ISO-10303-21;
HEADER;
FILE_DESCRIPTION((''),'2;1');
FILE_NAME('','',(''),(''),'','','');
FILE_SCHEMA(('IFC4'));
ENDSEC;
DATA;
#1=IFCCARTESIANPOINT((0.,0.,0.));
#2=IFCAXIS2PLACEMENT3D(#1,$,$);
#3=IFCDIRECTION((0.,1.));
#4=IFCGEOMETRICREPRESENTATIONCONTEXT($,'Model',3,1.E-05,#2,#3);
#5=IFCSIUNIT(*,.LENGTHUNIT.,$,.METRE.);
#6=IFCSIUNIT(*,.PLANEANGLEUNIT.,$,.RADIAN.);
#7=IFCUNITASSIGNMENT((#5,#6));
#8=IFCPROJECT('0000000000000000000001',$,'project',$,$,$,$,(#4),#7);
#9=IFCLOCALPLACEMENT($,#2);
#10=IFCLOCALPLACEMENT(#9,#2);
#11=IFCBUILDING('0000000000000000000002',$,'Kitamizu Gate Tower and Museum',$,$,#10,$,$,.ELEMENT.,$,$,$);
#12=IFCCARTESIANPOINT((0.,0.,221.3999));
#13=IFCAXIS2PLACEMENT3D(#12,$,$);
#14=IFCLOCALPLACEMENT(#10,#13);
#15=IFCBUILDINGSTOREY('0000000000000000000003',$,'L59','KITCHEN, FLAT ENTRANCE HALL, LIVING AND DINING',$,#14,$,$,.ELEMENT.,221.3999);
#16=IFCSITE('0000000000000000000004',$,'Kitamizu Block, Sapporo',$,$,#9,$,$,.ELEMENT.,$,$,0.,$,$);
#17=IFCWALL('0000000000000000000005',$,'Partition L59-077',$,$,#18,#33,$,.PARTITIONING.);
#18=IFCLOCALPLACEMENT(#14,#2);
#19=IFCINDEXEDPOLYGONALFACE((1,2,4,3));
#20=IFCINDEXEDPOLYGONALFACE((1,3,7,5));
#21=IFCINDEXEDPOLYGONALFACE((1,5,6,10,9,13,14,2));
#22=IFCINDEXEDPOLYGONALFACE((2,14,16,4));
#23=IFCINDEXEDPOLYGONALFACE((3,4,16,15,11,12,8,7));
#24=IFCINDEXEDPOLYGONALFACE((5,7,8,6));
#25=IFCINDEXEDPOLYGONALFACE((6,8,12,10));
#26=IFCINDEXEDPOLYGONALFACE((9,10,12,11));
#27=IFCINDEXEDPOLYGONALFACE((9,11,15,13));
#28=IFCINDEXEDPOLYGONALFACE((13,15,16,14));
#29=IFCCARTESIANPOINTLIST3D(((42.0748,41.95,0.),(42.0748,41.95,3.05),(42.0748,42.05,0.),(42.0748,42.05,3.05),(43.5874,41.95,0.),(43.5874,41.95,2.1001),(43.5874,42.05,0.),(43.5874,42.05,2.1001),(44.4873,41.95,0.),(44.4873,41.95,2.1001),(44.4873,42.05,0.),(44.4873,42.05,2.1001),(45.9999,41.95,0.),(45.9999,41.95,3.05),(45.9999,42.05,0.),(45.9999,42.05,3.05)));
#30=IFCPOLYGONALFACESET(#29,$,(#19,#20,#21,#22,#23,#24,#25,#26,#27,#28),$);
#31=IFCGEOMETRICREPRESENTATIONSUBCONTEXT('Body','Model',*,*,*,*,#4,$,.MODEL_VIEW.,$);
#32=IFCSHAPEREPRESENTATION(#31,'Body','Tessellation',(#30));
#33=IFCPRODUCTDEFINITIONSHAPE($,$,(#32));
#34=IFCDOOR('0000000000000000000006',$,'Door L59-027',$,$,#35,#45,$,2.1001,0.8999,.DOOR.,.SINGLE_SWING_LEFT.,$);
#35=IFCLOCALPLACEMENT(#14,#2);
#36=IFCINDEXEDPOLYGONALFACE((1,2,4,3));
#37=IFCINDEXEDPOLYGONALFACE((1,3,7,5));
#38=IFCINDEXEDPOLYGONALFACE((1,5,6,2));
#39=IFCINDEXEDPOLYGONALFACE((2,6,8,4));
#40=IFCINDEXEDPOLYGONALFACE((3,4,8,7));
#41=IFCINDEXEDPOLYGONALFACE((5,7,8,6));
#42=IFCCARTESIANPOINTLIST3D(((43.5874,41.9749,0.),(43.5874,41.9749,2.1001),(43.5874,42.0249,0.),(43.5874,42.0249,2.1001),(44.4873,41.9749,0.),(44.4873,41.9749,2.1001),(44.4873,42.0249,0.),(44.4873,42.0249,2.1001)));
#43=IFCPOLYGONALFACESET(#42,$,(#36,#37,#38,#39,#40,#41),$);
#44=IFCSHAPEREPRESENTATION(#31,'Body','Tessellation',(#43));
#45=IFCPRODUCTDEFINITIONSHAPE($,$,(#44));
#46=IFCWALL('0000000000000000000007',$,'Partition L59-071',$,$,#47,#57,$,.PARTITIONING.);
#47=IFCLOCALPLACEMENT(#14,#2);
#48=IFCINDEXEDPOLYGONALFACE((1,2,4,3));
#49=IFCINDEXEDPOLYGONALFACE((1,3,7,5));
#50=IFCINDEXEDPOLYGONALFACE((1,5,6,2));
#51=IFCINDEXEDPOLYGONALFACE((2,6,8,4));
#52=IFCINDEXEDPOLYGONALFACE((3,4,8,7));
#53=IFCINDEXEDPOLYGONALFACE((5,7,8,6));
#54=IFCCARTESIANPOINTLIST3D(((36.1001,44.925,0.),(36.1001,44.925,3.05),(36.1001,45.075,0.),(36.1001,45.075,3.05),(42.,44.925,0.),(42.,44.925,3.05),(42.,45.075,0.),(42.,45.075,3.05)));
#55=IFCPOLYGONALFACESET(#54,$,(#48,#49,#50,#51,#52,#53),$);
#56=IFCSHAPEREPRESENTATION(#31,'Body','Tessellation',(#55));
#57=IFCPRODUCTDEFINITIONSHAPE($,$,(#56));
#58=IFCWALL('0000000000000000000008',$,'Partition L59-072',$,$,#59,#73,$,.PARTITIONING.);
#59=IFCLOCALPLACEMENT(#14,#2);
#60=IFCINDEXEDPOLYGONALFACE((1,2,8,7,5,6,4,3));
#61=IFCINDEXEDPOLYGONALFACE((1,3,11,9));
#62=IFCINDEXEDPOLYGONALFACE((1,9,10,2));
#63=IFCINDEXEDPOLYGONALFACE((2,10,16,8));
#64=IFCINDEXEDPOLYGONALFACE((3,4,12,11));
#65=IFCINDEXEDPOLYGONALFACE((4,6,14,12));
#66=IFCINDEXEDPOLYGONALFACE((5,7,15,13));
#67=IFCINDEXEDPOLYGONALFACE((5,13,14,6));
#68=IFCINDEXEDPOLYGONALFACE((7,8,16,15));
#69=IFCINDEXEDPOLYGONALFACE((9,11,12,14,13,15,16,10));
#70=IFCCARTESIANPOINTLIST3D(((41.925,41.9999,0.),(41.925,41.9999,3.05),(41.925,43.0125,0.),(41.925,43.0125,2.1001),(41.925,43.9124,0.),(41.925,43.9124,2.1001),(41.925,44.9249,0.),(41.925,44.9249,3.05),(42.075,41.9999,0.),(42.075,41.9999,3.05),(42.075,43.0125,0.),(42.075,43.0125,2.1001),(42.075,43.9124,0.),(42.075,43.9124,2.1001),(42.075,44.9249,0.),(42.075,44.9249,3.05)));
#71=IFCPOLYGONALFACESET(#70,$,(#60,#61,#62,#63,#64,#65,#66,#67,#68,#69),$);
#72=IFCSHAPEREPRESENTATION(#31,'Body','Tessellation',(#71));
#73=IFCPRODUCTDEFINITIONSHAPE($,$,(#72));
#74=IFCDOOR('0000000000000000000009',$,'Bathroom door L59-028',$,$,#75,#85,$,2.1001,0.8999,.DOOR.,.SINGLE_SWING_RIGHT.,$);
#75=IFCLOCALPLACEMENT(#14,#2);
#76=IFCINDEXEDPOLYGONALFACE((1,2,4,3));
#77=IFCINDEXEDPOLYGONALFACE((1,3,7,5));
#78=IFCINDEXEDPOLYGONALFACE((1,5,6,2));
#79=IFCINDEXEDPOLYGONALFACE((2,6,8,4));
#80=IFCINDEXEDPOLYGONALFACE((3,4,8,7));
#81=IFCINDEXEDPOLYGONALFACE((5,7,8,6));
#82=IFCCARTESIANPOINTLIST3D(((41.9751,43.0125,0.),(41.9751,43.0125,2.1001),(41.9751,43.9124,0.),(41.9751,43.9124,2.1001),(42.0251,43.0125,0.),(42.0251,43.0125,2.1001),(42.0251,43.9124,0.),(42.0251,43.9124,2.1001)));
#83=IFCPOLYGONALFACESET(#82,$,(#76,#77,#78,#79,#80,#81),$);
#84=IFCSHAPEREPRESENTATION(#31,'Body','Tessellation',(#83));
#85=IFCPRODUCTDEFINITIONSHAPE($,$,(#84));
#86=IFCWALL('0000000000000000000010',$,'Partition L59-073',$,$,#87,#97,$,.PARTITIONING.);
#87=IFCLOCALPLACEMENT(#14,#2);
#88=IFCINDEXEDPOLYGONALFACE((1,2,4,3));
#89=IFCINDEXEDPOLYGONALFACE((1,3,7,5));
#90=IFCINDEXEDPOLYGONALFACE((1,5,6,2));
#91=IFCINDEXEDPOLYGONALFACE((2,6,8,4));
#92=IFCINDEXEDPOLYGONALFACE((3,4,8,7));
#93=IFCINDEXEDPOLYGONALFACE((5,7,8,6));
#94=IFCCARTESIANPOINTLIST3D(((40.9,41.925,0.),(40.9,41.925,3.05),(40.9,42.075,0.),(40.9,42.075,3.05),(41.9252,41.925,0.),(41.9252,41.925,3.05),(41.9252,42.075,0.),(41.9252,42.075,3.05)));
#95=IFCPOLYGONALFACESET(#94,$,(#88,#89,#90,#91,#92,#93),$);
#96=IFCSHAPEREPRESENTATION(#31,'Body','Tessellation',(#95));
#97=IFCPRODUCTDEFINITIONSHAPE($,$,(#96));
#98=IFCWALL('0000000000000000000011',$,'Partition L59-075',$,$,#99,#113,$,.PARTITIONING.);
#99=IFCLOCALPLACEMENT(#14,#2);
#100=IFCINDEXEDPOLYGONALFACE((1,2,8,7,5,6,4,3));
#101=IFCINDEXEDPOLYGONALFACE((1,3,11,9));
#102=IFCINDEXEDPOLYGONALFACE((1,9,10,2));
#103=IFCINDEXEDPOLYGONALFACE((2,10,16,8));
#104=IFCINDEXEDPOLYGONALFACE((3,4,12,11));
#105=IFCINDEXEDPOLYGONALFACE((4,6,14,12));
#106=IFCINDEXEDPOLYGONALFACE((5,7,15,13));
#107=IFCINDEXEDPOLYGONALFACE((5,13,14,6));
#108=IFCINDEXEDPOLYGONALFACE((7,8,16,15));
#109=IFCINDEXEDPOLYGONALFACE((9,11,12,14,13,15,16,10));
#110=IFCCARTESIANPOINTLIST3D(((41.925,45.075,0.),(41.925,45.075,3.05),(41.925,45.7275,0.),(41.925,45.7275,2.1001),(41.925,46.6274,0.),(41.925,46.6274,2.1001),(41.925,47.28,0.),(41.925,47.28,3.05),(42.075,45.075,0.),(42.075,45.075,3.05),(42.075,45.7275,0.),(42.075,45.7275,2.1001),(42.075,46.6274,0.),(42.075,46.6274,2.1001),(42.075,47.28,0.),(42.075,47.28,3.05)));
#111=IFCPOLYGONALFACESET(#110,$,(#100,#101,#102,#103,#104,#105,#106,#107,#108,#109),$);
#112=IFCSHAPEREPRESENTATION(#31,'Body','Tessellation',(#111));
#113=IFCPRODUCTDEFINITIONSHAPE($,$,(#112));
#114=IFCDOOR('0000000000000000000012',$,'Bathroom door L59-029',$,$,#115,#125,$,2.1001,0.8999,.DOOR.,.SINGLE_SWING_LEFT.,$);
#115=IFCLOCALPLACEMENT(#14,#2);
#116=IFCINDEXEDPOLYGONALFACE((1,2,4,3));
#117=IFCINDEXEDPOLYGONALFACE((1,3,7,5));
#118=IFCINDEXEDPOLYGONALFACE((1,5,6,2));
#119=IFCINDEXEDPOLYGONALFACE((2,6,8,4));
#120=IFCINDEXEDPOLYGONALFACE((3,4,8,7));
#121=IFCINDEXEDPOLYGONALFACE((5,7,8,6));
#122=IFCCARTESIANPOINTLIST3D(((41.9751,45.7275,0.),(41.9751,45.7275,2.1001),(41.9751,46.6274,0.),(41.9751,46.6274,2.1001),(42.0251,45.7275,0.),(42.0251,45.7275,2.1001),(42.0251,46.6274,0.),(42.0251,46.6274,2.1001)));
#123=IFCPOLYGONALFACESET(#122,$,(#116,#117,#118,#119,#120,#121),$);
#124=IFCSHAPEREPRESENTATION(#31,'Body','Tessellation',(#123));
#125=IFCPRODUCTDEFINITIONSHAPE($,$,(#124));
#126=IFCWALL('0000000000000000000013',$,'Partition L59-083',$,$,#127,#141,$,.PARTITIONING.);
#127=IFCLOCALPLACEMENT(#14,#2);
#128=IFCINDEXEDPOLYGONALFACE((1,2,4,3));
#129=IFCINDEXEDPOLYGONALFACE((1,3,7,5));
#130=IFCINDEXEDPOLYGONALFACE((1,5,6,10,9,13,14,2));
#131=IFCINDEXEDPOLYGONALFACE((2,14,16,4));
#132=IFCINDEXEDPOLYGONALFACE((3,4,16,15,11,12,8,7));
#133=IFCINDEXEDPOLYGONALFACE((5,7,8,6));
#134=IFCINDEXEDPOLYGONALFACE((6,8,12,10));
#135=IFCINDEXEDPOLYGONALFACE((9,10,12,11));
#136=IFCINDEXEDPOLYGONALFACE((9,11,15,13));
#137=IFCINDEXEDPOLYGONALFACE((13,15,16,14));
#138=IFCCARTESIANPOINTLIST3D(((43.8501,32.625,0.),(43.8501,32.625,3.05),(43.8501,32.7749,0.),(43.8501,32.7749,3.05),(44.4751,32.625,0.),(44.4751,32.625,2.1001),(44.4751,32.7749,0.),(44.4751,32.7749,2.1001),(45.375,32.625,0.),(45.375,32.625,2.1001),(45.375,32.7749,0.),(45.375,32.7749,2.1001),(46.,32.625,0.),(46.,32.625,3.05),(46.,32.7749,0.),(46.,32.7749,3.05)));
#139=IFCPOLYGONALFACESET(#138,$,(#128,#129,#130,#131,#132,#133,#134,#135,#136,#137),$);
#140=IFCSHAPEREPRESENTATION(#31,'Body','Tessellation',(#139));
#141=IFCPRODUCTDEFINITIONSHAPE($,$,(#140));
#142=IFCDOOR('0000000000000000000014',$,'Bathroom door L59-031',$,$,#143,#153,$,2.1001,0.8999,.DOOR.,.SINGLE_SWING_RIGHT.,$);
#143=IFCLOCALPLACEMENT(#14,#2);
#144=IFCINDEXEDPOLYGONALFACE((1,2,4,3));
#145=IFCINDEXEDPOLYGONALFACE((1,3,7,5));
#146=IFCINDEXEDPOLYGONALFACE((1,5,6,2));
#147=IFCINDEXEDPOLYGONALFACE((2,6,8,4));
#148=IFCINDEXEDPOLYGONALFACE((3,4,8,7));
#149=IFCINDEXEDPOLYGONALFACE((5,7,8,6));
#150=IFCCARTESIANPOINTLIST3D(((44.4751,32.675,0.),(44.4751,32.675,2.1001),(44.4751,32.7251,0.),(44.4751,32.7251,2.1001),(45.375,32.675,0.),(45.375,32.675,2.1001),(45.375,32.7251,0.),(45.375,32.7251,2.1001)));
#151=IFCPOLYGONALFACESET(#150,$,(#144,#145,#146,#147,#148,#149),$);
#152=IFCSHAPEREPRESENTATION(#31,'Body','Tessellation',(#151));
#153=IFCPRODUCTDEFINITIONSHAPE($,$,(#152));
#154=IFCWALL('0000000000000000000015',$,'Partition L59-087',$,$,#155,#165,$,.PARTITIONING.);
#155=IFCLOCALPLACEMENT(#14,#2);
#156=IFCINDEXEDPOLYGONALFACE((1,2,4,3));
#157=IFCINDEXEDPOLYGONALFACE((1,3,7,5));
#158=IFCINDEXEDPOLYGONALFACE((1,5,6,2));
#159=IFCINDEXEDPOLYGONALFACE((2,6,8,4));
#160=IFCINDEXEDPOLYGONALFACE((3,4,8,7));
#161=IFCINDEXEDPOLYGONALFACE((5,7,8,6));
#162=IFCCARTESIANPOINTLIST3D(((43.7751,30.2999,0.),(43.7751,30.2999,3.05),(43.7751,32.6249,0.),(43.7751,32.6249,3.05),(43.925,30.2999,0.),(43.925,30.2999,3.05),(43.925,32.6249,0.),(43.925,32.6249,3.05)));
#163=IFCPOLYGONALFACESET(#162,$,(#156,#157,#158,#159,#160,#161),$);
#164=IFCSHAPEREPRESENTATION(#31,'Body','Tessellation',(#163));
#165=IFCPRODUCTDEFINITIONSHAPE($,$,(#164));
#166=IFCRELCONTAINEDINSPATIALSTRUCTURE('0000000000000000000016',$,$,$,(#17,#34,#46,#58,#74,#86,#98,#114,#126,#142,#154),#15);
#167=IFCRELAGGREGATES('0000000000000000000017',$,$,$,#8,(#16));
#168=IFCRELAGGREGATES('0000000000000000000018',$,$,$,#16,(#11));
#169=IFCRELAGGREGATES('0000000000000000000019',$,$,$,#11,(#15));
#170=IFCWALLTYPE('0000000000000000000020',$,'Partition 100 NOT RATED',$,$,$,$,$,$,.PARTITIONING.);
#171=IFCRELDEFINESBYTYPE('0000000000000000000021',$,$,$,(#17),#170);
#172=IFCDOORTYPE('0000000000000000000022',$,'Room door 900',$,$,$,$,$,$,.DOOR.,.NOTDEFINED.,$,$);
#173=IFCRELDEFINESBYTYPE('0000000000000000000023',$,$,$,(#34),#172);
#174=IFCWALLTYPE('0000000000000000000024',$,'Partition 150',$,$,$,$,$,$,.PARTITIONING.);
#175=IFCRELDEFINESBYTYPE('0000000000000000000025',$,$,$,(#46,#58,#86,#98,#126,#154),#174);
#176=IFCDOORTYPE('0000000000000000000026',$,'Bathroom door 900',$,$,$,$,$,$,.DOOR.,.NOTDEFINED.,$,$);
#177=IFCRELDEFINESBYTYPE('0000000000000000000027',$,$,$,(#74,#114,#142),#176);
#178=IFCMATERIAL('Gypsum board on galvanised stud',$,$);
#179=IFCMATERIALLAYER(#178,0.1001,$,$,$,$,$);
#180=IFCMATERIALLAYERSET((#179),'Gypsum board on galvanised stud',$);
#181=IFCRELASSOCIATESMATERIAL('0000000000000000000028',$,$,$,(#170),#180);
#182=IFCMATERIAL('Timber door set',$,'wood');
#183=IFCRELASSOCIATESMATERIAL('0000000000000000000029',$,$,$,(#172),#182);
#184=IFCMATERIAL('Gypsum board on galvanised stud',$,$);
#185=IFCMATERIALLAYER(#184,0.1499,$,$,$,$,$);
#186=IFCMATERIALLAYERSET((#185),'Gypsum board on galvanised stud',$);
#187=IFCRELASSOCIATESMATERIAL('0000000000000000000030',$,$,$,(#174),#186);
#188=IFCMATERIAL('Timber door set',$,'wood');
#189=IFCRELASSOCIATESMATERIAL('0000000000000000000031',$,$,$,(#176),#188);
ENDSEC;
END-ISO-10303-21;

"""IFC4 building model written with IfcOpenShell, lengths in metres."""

from ifc_helpers import new_model, si_unit, direction, frame, frame_2d, origin, place, context, subcontext, project, spatial, rectangle, extrude, material, layer, layer_set, type_object, element, fill, save


model = new_model("IFC4")

# Units and contexts
model_context = context("Model", 3, precision=1e-05, world=origin(), true_north=direction((0.0, 1.0)))
body_context = subcontext(model_context, "Body", "Model", "MODEL_VIEW")
ifc_project = project(units=[si_unit("LENGTHUNIT", "METRE"), si_unit("PLANEANGLEUNIT", "RADIAN")], contexts=[model_context])

# Site, building, storey
site_placement = place(None, origin())
site = spatial("IfcSite", under=ifc_project, at=site_placement, Name="Kitamizu Block, Sapporo", CompositionType="ELEMENT", RefElevation=0.0)
building_placement = place(site_placement, origin())
building = spatial("IfcBuilding", under=site, at=building_placement, Name="Kitamizu Gate Tower and Museum", CompositionType="ELEMENT")
storey_placement = place(building_placement, frame((0.0, 0.0, 221.3999)))
storey = spatial("IfcBuildingStorey", under=building, at=storey_placement, Name="L59", Description="KITCHEN, FLAT ENTRANCE HALL, LIVING AND DINING", CompositionType="ELEMENT", Elevation=221.3999)

# Wall, opening, door
ifc_material_1 = material(Name="Gypsum board on galvanised stud")
ifc_layer_1 = layer(ifc_material_1, 0.1001)
ifc_layer_set_1 = layer_set([ifc_layer_1], Name="Gypsum board on galvanised stud")
wall_type_1 = type_object("IfcWallType", Name="Partition 100 NOT RATED", PredefinedType="PARTITIONING", material=ifc_layer_set_1)
wall_1_placement = place(storey_placement, frame((42.075, 42.0, 0.0), z_axis=(0.0, 0.0, 1.0), x_axis=(1.0, 0.0, 0.0)))
wall_1 = element("IfcWall", 1, at=wall_1_placement, inside=storey, type_object=wall_type_1, Name="Partition L59-077", PredefinedType="PARTITIONING", context=body_context, shape_type="SweptSolid", body=[
    extrude(rectangle(XDim=3.925, YDim=0.1001, at=frame_2d((1.9624, 0.0))), origin(), (0.0, 0.0, 1.0), 3.05),
])
opening_1_placement = place(wall_1_placement, frame((1.5125, 0.0, 0.0)))
opening_1 = element("IfcOpeningElement", 2, at=opening_1_placement, cuts=wall_1, PredefinedType="OPENING", context=body_context, shape_type="SweptSolid", body=[
    extrude(rectangle(XDim=0.8999, YDim=2.1001, at=frame_2d((0.45, 1.05))), frame((0.0, 0.0601, 0.0), z_axis=(0.0, -1.0, 0.0), x_axis=(1.0, 0.0, 0.0)), (0.0, 0.0, 1.0), 0.1201),
])
ifc_material_2 = material(Name="Timber door set", Category="wood")
door_type_1 = type_object("IfcDoorType", Name="Room door 900", OperationType="NOTDEFINED", PredefinedType="DOOR", material=ifc_material_2)
door_1_placement = place(opening_1_placement, origin())
door_1 = element("IfcDoor", 3, at=door_1_placement, inside=storey, type_object=door_type_1, Name="Door L59-027", OperationType="SINGLE_SWING_LEFT", OverallHeight=2.1001, OverallWidth=0.8999, PredefinedType="DOOR", context=body_context, shape_type="SweptSolid", body=[
    extrude(rectangle(XDim=0.8999, YDim=2.1001, at=frame_2d((0.45, 1.05))), frame((0.0, 0.0249, 0.0), z_axis=(0.0, -1.0, 0.0), x_axis=(1.0, 0.0, 0.0)), (0.0, 0.0, 1.0), 0.05),
])
fill(opening_1, door_1)

# Wall
ifc_material_3 = material(Name="Gypsum board on galvanised stud")
ifc_layer_2 = layer(ifc_material_3, 0.1499)
ifc_layer_set_2 = layer_set([ifc_layer_2], Name="Gypsum board on galvanised stud")
wall_type_2 = type_object("IfcWallType", Name="Partition 150", PredefinedType="PARTITIONING", material=ifc_layer_set_2)
wall_2_placement = place(storey_placement, frame((42.0, 45.0, 0.0), z_axis=(0.0, 0.0, 1.0), x_axis=(-1.0, 0.0, 0.0)))
element("IfcWall", 4, at=wall_2_placement, inside=storey, type_object=wall_type_2, Name="Partition L59-071", PredefinedType="PARTITIONING", context=body_context, shape_type="SweptSolid", body=[
    extrude(rectangle(XDim=5.8999, YDim=0.1499, at=frame_2d((2.95, 0.0))), origin(), (0.0, 0.0, 1.0), 3.05),
])

# Wall, opening, door
wall_3_placement = place(storey_placement, frame((42.0, 42.0, 0.0), z_axis=(0.0, 0.0, 1.0), x_axis=(0.0, 1.0, 0.0)))
wall_3 = element("IfcWall", 5, at=wall_3_placement, inside=storey, type_object=wall_type_2, Name="Partition L59-072", PredefinedType="PARTITIONING", context=body_context, shape_type="SweptSolid", body=[
    extrude(rectangle(XDim=2.925, YDim=0.1499, at=frame_2d((1.4624, 0.0))), origin(), (0.0, 0.0, 1.0), 3.05),
])
opening_2_placement = place(wall_3_placement, frame((1.0125, 0.0, 0.0)))
opening_2 = element("IfcOpeningElement", 6, at=opening_2_placement, cuts=wall_3, PredefinedType="OPENING", context=body_context, shape_type="SweptSolid", body=[
    extrude(rectangle(XDim=0.8999, YDim=2.1001, at=frame_2d((0.45, 1.05))), frame((0.0, 0.085, 0.0), z_axis=(0.0, -1.0, 0.0), x_axis=(1.0, 0.0, 0.0)), (0.0, 0.0, 1.0), 0.1699),
])
ifc_material_4 = material(Name="Timber door set", Category="wood")
door_type_2 = type_object("IfcDoorType", Name="Bathroom door 900", OperationType="NOTDEFINED", PredefinedType="DOOR", material=ifc_material_4)
door_2_placement = place(opening_2_placement, origin())
door_2 = element("IfcDoor", 7, at=door_2_placement, inside=storey, type_object=door_type_2, Name="Bathroom door L59-028", OperationType="SINGLE_SWING_RIGHT", OverallHeight=2.1001, OverallWidth=0.8999, PredefinedType="DOOR", context=body_context, shape_type="SweptSolid", body=[
    extrude(rectangle(XDim=0.8999, YDim=2.1001, at=frame_2d((0.45, 1.05))), frame((0.0, 0.0249, 0.0), z_axis=(0.0, -1.0, 0.0), x_axis=(1.0, 0.0, 0.0)), (0.0, 0.0, 1.0), 0.05),
])
fill(opening_2, door_2)

# Wall
wall_4_placement = place(storey_placement, frame((40.8999, 42.0, 0.0), z_axis=(0.0, 0.0, 1.0), x_axis=(1.0, 0.0, 0.0)))
element("IfcWall", 8, at=wall_4_placement, inside=storey, type_object=wall_type_2, Name="Partition L59-073", PredefinedType="PARTITIONING", context=body_context, shape_type="SweptSolid", body=[
    extrude(rectangle(XDim=1.0251, YDim=0.1499, at=frame_2d((0.5127, 0.0))), origin(), (0.0, 0.0, 1.0), 3.05),
])

# Walls, openings, doors
wall_5_placement = place(storey_placement, frame((42.0, 45.075, 0.0), z_axis=(0.0, 0.0, 1.0), x_axis=(0.0, 1.0, 0.0)))
wall_5 = element("IfcWall", 9, at=wall_5_placement, inside=storey, type_object=wall_type_2, Name="Partition L59-075", PredefinedType="PARTITIONING", context=body_context, shape_type="SweptSolid", body=[
    extrude(rectangle(XDim=2.2051, YDim=0.1499, at=frame_2d((1.1025, 0.0))), origin(), (0.0, 0.0, 1.0), 3.05),
])
opening_3_placement = place(wall_5_placement, frame((0.6526, 0.0, 0.0)))
opening_3 = element("IfcOpeningElement", 10, at=opening_3_placement, cuts=wall_5, PredefinedType="OPENING", context=body_context, shape_type="SweptSolid", body=[
    extrude(rectangle(XDim=0.8999, YDim=2.1001, at=frame_2d((0.45, 1.05))), frame((0.0, 0.085, 0.0), z_axis=(0.0, -1.0, 0.0), x_axis=(1.0, 0.0, 0.0)), (0.0, 0.0, 1.0), 0.1699),
])
door_3_placement = place(opening_3_placement, origin())
door_3 = element("IfcDoor", 11, at=door_3_placement, inside=storey, type_object=door_type_2, Name="Bathroom door L59-029", OperationType="SINGLE_SWING_LEFT", OverallHeight=2.1001, OverallWidth=0.8999, PredefinedType="DOOR", context=body_context, shape_type="SweptSolid", body=[
    extrude(rectangle(XDim=0.8999, YDim=2.1001, at=frame_2d((0.45, 1.05))), frame((0.0, 0.0249, 0.0), z_axis=(0.0, -1.0, 0.0), x_axis=(1.0, 0.0, 0.0)), (0.0, 0.0, 1.0), 0.05),
])
fill(opening_3, door_3)
wall_6_placement = place(storey_placement, frame((43.8501, 32.7, 0.0), z_axis=(0.0, 0.0, 1.0), x_axis=(1.0, 0.0, 0.0)))
wall_6 = element("IfcWall", 12, at=wall_6_placement, inside=storey, type_object=wall_type_2, Name="Partition L59-083", PredefinedType="PARTITIONING", context=body_context, shape_type="SweptSolid", body=[
    extrude(rectangle(XDim=2.1499, YDim=0.1499, at=frame_2d((1.075, 0.0))), origin(), (0.0, 0.0, 1.0), 3.05),
])
opening_4_placement = place(wall_6_placement, frame((0.625, 0.0, 0.0)))
opening_4 = element("IfcOpeningElement", 13, at=opening_4_placement, cuts=wall_6, PredefinedType="OPENING", context=body_context, shape_type="SweptSolid", body=[
    extrude(rectangle(XDim=0.8999, YDim=2.1001, at=frame_2d((0.45, 1.05))), frame((0.0, 0.085, 0.0), z_axis=(0.0, -1.0, 0.0), x_axis=(1.0, 0.0, 0.0)), (0.0, 0.0, 1.0), 0.1699),
])
door_4_placement = place(opening_4_placement, frame((0.8999, 0.0, 0.0), x_axis=(-1.0, 0.0, 0.0)))
door_4 = element("IfcDoor", 14, at=door_4_placement, inside=storey, type_object=door_type_2, Name="Bathroom door L59-031", OperationType="SINGLE_SWING_RIGHT", OverallHeight=2.1001, OverallWidth=0.8999, PredefinedType="DOOR", context=body_context, shape_type="SweptSolid", body=[
    extrude(rectangle(XDim=0.8999, YDim=2.1001, at=frame_2d((0.45, 1.05))), frame((0.0, 0.0249, 0.0), z_axis=(0.0, -1.0, 0.0), x_axis=(1.0, 0.0, 0.0)), (0.0, 0.0, 1.0), 0.05),
])
fill(opening_4, door_4)

# Wall
wall_7_placement = place(storey_placement, frame((43.8501, 32.625, 0.0), z_axis=(0.0, 0.0, 1.0), x_axis=(0.0, -1.0, 0.0)))
element("IfcWall", 15, at=wall_7_placement, inside=storey, type_object=wall_type_2, Name="Partition L59-087", PredefinedType="PARTITIONING", context=body_context, shape_type="SweptSolid", body=[
    extrude(rectangle(XDim=2.325, YDim=0.1499, at=frame_2d((1.1626, 0.0))), origin(), (0.0, 0.0, 1.0), 3.05),
])

save(model, "model.ifc")
